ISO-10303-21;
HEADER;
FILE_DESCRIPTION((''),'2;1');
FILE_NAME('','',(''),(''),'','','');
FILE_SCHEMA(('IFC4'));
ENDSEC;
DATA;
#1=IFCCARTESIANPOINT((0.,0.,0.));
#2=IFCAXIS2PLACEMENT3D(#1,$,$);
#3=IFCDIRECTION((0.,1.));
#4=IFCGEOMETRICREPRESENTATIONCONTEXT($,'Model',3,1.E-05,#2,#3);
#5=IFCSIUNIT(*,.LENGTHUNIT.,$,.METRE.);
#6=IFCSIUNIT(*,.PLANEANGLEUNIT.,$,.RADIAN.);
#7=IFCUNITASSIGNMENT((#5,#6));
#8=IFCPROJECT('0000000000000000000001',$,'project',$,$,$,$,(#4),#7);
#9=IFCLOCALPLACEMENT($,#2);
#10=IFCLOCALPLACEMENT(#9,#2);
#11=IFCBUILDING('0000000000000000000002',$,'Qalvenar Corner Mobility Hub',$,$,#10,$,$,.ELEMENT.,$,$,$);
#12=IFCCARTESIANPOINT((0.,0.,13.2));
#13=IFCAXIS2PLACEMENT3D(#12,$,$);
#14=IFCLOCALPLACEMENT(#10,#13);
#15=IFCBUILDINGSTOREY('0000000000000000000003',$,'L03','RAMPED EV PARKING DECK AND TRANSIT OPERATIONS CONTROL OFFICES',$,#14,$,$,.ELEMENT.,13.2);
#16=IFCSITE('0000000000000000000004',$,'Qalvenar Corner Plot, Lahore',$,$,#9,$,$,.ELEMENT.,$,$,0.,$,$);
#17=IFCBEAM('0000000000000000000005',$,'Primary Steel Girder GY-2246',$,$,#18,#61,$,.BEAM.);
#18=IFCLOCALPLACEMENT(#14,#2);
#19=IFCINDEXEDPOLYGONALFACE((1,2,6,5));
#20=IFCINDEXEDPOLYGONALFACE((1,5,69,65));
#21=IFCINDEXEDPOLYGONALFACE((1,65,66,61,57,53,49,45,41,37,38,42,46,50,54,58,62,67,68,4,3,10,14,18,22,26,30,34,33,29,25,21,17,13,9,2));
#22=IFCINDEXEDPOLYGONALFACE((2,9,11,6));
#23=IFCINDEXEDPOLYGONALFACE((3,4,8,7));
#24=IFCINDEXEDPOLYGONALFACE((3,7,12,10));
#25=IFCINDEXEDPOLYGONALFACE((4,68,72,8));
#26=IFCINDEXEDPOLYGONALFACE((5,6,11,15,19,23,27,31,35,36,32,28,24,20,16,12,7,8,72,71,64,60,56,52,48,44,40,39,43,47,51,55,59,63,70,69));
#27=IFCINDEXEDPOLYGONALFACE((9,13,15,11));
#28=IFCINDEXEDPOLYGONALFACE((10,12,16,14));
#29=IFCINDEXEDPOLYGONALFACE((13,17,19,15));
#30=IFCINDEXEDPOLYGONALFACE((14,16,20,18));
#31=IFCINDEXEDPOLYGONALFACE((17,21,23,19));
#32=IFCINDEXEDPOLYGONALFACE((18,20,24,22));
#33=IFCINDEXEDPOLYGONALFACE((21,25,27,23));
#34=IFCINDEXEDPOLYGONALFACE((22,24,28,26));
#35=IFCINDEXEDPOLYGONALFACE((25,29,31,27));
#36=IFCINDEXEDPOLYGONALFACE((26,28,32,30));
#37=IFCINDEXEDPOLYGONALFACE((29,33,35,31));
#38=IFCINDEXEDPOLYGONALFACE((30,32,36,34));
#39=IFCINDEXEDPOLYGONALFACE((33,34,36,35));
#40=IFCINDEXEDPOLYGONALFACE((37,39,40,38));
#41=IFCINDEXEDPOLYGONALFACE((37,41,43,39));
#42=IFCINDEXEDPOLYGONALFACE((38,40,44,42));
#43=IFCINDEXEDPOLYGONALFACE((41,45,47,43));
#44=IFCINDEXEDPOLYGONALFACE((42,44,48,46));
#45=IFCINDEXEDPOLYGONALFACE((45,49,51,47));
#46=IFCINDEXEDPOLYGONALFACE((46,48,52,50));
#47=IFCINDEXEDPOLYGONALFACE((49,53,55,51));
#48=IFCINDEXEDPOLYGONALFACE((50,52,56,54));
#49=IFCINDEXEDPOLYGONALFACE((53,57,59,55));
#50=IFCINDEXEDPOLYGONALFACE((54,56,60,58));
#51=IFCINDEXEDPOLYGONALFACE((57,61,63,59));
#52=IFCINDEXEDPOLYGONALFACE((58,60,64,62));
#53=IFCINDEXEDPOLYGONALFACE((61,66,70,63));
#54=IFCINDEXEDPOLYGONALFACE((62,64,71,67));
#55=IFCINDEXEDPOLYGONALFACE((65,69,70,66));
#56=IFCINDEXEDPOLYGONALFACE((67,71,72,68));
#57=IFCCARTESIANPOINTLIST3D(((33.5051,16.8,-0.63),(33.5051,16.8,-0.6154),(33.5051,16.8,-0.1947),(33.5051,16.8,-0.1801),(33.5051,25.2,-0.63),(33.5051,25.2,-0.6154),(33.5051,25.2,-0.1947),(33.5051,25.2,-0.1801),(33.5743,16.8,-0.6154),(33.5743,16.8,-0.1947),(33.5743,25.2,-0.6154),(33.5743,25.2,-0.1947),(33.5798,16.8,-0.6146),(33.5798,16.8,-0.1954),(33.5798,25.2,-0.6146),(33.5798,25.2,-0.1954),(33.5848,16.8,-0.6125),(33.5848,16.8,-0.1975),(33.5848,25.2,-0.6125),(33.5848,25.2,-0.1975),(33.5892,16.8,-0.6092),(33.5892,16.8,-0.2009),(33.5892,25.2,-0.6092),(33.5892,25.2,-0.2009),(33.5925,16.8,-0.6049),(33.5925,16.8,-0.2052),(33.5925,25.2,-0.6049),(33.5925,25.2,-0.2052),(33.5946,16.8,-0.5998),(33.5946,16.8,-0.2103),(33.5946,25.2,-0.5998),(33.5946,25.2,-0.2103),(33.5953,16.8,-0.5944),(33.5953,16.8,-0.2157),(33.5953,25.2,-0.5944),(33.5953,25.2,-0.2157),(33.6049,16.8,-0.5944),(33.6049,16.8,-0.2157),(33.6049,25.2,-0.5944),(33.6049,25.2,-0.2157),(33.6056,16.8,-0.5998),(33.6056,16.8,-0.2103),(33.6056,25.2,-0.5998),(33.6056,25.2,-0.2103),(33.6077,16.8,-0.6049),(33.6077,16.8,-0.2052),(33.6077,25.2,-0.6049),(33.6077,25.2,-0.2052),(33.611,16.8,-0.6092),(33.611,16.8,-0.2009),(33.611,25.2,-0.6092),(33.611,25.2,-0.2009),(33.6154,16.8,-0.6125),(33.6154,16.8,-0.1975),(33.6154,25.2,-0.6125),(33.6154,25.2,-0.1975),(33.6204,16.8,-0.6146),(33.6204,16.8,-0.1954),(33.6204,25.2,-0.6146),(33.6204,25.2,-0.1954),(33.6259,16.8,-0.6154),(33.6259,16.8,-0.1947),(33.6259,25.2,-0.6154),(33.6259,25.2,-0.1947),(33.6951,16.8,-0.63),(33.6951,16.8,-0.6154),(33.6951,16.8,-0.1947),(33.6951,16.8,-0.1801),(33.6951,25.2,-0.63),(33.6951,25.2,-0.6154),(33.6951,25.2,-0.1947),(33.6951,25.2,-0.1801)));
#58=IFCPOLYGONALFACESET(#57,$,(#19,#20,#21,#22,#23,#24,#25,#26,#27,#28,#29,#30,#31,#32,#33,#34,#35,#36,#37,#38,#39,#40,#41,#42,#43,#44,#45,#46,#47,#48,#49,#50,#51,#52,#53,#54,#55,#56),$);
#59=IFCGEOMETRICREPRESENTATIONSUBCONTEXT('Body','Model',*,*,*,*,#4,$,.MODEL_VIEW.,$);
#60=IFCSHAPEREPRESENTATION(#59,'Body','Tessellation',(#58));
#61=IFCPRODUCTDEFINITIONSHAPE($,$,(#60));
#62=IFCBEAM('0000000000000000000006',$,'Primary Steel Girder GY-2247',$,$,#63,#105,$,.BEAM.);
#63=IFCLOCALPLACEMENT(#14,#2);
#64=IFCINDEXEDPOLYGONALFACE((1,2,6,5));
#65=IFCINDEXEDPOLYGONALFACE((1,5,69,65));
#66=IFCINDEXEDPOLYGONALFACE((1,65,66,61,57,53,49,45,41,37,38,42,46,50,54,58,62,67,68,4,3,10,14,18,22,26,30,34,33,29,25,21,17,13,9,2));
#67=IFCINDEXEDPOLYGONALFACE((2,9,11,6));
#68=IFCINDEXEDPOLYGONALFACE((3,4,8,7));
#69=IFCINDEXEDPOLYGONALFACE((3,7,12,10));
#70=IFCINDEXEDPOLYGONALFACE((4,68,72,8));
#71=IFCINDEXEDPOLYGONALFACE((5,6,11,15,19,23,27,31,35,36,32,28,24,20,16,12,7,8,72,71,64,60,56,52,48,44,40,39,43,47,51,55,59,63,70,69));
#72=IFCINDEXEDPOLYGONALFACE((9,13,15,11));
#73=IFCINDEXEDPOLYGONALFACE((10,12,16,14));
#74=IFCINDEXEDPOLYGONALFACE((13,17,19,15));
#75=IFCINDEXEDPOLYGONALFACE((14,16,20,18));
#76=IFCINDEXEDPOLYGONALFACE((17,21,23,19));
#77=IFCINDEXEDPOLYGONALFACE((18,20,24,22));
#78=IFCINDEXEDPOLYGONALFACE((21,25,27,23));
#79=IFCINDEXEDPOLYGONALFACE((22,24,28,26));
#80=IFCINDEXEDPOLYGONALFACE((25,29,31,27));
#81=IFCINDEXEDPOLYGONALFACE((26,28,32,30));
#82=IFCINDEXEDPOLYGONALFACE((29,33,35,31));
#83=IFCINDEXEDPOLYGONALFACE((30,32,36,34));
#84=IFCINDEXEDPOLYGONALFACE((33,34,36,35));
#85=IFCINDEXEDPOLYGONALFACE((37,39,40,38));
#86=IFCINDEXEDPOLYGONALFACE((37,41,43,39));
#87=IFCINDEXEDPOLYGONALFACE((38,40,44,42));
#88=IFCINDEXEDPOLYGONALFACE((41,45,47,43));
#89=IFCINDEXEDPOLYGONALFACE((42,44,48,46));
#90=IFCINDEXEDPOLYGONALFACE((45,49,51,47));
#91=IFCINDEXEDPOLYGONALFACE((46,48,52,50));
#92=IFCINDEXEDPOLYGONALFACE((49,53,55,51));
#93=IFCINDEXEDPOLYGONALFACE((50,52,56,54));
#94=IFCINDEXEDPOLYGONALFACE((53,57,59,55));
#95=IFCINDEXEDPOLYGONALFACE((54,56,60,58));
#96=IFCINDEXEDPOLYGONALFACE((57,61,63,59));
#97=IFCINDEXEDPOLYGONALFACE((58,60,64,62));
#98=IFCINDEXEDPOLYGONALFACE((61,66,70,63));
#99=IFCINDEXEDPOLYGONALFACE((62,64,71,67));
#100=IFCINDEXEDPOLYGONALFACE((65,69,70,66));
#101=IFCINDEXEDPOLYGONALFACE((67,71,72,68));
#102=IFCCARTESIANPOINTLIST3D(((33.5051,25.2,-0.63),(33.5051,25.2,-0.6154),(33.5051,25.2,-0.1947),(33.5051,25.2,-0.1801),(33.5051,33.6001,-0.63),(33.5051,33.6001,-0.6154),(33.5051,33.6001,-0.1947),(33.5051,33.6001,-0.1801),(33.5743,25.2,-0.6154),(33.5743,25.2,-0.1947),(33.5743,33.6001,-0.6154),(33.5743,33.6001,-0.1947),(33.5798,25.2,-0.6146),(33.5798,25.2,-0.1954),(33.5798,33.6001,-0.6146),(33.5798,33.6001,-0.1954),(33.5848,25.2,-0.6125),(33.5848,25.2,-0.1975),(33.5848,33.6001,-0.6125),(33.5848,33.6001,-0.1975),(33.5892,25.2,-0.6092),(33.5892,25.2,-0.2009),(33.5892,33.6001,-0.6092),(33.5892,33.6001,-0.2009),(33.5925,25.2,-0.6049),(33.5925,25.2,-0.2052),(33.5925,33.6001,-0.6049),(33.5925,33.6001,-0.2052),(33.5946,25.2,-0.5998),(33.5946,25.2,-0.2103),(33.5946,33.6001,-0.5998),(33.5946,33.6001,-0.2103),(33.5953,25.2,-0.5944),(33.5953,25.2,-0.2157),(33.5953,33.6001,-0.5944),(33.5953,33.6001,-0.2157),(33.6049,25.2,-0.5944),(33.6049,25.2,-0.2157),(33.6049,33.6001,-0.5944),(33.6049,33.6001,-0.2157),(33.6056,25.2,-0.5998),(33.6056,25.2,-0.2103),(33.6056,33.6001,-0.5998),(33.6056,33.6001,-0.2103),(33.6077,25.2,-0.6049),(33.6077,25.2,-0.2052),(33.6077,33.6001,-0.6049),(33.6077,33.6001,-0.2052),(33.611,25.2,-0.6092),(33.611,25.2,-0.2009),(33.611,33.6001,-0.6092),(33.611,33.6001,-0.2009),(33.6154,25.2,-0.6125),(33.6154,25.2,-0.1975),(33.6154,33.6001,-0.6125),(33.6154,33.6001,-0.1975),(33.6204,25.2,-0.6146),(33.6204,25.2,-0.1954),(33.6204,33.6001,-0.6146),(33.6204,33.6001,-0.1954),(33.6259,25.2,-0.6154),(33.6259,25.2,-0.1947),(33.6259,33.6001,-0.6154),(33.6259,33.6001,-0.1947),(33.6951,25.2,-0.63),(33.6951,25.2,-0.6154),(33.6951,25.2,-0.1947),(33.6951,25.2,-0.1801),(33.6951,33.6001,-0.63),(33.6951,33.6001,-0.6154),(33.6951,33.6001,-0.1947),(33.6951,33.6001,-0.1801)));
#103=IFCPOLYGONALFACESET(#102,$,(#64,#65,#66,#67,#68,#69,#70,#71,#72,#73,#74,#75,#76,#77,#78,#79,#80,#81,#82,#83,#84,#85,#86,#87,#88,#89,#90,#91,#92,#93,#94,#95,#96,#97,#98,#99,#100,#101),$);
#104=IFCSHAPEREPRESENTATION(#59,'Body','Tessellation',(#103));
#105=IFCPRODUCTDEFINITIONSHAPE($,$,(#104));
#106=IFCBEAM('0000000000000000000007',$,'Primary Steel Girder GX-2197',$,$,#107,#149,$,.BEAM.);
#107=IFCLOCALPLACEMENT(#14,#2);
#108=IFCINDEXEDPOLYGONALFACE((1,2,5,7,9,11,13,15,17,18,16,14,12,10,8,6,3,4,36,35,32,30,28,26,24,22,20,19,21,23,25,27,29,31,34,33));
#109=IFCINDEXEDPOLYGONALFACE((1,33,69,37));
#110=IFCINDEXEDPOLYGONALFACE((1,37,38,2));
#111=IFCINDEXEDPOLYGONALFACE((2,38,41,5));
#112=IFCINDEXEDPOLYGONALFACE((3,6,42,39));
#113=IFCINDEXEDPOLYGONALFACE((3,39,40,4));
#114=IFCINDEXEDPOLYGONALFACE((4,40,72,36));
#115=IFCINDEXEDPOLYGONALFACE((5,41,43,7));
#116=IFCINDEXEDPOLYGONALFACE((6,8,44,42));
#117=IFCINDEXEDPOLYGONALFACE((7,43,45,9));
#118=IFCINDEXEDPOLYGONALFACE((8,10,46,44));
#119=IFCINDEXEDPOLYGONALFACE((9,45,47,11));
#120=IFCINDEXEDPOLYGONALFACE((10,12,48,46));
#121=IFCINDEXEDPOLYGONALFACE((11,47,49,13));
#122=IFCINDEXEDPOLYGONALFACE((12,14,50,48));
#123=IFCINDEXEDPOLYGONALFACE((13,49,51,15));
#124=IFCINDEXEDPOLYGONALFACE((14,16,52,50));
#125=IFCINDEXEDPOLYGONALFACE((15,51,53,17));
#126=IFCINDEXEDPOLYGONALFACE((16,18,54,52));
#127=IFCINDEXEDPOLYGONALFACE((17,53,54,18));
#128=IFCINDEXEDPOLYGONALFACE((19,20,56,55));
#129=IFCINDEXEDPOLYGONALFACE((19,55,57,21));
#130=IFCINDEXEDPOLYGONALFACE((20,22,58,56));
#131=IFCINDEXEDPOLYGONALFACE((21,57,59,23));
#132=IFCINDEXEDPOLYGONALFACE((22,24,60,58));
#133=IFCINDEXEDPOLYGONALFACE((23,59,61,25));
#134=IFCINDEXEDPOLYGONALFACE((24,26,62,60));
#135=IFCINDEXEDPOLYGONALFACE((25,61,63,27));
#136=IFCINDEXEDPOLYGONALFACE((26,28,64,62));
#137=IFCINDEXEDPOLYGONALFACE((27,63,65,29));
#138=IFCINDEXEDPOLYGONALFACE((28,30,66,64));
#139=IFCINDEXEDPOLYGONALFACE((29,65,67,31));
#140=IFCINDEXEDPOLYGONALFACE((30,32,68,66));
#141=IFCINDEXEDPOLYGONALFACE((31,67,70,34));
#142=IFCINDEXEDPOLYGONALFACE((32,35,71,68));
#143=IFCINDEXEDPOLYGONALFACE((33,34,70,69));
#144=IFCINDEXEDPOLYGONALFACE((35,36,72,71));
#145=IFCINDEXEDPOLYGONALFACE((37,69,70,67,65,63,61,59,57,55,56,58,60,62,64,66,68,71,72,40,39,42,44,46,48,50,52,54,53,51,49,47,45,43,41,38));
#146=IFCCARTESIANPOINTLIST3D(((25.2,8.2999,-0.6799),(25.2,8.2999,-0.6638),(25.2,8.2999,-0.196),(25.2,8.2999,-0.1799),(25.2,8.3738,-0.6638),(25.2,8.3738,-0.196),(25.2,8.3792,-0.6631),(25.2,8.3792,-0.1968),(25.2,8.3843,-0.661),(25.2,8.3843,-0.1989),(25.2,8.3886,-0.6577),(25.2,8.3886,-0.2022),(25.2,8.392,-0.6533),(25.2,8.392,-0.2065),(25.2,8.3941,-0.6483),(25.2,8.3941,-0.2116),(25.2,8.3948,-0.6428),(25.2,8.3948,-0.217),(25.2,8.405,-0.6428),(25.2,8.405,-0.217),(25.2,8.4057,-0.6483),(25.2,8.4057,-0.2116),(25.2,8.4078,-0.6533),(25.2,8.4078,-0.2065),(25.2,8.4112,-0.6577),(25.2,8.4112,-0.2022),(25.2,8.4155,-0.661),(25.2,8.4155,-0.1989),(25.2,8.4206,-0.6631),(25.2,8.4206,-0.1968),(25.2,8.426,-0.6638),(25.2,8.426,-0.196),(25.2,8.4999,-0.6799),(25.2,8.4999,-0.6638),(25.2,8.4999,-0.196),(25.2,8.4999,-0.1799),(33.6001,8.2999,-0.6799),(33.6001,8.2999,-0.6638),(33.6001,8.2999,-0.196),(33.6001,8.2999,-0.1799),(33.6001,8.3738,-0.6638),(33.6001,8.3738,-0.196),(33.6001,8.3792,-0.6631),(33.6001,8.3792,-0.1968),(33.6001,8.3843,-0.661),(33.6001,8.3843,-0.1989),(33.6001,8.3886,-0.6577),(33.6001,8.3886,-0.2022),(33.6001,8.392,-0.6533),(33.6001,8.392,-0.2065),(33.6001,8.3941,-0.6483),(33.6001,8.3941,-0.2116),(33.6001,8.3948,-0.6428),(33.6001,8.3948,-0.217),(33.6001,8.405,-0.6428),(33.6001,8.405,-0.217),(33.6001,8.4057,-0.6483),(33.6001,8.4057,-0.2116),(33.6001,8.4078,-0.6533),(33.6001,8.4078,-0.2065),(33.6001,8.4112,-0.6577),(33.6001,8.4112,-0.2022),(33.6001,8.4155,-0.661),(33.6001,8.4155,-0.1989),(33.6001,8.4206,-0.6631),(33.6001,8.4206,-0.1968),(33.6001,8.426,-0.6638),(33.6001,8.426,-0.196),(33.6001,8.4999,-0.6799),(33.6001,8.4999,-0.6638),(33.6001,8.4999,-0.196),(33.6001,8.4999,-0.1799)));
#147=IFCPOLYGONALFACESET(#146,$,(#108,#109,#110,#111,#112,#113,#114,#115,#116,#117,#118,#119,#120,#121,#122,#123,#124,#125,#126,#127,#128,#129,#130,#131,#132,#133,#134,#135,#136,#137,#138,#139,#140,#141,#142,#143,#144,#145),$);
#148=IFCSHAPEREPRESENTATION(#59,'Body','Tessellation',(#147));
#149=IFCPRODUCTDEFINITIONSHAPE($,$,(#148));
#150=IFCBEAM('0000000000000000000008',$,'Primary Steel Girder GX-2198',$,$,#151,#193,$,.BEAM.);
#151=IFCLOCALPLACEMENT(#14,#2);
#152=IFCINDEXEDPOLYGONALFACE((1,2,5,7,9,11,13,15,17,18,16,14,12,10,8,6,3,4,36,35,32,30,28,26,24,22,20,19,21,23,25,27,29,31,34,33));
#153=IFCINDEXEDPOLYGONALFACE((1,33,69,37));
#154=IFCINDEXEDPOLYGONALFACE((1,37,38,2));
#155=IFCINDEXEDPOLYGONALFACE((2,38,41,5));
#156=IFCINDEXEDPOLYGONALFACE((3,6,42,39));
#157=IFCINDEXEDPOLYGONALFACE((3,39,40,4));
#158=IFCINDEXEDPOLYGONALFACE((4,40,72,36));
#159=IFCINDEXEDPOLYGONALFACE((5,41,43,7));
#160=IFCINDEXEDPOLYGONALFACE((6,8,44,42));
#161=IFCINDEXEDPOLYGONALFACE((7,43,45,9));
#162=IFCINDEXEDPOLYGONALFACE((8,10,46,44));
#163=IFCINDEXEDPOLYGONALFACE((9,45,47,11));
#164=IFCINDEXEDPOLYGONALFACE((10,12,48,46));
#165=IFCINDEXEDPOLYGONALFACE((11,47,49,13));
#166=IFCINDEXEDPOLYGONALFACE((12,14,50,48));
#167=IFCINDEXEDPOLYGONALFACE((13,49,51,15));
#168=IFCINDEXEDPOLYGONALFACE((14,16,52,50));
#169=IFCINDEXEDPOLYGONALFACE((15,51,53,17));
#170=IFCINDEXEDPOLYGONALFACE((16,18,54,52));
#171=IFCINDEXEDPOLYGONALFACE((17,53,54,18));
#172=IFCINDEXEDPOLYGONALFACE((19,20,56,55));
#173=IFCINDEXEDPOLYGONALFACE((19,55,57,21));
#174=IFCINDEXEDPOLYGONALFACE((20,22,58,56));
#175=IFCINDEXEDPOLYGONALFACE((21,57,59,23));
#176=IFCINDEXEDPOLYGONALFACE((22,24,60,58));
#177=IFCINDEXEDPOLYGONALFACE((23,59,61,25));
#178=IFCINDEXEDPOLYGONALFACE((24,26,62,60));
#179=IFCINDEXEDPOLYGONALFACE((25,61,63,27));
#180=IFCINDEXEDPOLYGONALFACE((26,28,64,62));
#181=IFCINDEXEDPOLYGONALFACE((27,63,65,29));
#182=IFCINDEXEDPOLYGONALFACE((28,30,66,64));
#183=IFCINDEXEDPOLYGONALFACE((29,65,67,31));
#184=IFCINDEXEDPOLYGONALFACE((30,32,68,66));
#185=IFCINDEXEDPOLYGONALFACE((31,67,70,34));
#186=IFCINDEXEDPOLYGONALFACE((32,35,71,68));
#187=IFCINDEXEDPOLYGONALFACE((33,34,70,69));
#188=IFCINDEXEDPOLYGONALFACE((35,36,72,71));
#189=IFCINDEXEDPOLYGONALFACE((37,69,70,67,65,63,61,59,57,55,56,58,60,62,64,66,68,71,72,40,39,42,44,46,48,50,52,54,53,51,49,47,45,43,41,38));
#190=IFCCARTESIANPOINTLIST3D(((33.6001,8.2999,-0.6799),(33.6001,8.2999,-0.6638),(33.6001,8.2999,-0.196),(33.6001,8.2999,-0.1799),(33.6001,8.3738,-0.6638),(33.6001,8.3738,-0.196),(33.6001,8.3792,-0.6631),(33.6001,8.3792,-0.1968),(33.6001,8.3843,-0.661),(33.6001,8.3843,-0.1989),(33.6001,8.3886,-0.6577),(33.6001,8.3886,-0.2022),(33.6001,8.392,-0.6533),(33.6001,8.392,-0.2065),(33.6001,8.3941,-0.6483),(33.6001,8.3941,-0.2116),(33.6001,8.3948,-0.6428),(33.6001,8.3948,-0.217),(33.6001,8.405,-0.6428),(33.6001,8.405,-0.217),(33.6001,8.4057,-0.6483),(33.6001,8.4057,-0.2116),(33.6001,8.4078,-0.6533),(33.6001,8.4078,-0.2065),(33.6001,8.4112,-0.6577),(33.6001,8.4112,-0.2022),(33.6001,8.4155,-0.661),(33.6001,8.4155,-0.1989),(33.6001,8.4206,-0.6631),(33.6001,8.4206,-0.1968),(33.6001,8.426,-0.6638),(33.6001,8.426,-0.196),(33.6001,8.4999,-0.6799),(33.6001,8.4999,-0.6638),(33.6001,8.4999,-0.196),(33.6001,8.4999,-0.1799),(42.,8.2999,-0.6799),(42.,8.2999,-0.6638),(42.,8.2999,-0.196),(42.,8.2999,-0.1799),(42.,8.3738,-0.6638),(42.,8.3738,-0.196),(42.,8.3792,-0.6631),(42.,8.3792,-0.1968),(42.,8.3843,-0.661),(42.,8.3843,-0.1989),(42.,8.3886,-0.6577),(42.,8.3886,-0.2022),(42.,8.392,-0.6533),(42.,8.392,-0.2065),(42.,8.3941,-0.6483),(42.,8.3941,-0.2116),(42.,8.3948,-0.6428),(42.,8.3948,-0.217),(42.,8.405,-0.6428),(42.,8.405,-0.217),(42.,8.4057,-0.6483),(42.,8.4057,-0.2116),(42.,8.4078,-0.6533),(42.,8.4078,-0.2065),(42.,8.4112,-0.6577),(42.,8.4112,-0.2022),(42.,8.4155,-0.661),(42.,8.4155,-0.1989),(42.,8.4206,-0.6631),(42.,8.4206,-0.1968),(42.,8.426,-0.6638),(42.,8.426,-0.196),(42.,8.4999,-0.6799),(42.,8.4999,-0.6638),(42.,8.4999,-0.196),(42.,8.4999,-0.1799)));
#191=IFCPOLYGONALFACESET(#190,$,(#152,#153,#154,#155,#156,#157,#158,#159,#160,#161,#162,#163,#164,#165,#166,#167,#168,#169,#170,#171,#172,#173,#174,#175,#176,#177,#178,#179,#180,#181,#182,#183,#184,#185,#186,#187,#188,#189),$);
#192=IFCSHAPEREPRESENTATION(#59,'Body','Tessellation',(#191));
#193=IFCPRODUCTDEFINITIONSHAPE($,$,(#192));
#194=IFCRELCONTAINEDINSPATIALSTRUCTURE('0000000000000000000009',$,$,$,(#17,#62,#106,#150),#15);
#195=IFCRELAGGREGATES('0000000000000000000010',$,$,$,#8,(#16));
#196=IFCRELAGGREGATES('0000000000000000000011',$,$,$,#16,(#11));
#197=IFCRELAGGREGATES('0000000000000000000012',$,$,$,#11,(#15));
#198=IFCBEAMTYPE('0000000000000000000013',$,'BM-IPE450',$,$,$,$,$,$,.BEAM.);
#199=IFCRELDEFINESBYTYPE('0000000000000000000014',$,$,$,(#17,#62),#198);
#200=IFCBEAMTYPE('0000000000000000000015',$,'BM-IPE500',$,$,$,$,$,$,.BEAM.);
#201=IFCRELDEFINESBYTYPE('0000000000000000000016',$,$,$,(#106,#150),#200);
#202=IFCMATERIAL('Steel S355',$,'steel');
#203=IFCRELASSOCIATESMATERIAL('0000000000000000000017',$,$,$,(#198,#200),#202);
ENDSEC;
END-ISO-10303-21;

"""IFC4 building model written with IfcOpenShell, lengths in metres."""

from ifc_helpers import new_model, si_unit, direction, frame, origin, origin_2d, place, context, subcontext, project, spatial, i_section, extrude, material, material_profile, profile_set, type_object, element, save


model = new_model("IFC4")

# Units and contexts
model_context = context("Model", 3, precision=1e-05, world=origin(), true_north=direction((0.0, 1.0)))
body_context = subcontext(model_context, "Body", "Model", "MODEL_VIEW")
ifc_project = project(units=[si_unit("LENGTHUNIT", "METRE"), si_unit("PLANEANGLEUNIT", "RADIAN")], contexts=[model_context])

# Site, building, storey
site_placement = place(None, origin())
site = spatial("IfcSite", under=ifc_project, at=site_placement, Name="Qalvenar Corner Plot, Lahore", CompositionType="ELEMENT", RefElevation=0.0)
building_placement = place(site_placement, origin())
building = spatial("IfcBuilding", under=site, at=building_placement, Name="Qalvenar Corner Mobility Hub", CompositionType="ELEMENT")
storey_placement = place(building_placement, frame((0.0, 0.0, 13.2)))
storey = spatial("IfcBuildingStorey", under=building, at=storey_placement, Name="L03", Description="RAMPED EV PARKING DECK AND TRANSIT OPERATIONS CONTROL OFFICES", CompositionType="ELEMENT", Elevation=13.2)

# Shared definitions
ifc_material_1 = material(Name="Steel S355", Category="steel")

# Beams
ifc_material_profile_1 = material_profile(ifc_material_1, i_section(OverallWidth=0.1899, OverallDepth=0.45, WebThickness=0.0095, FlangeThickness=0.0146, FilletRadius=0.021, at=origin_2d()), Name="IPE450")
ifc_profile_set_1 = profile_set([ifc_material_profile_1], Name="Steel S355")
beam_type_1 = type_object("IfcBeamType", Name="BM-IPE450", PredefinedType="BEAM", material=ifc_profile_set_1)
beam_1_placement = place(storey_placement, frame((33.6001, 16.8, -0.405), z_axis=(0.0, 1.0, 0.0), x_axis=(-1.0, 0.0, 0.0)))
element("IfcBeam", 1, at=beam_1_placement, inside=storey, type_object=beam_type_1, Name="Primary Steel Girder GY-2246", PredefinedType="BEAM", context=body_context, shape_type="SweptSolid", body=[
    extrude(i_section(OverallWidth=0.1899, OverallDepth=0.45, WebThickness=0.0095, FlangeThickness=0.0146, FilletRadius=0.021, at=origin_2d()), origin(), (0.0, 0.0, 1.0), 8.3999),
])
beam_2_placement = place(storey_placement, frame((33.6001, 25.2, -0.405), z_axis=(0.0, 1.0, 0.0), x_axis=(-1.0, 0.0, 0.0)))
element("IfcBeam", 2, at=beam_2_placement, inside=storey, type_object=beam_type_1, Name="Primary Steel Girder GY-2247", PredefinedType="BEAM", context=body_context, shape_type="SweptSolid", body=[
    extrude(i_section(OverallWidth=0.1899, OverallDepth=0.45, WebThickness=0.0095, FlangeThickness=0.0146, FilletRadius=0.021, at=origin_2d()), origin(), (0.0, 0.0, 1.0), 8.4001),
])
ifc_material_profile_2 = material_profile(ifc_material_1, i_section(OverallWidth=0.2, OverallDepth=0.5, WebThickness=0.0103, FlangeThickness=0.0161, FilletRadius=0.021, at=origin_2d()), Name="IPE500")
ifc_profile_set_2 = profile_set([ifc_material_profile_2], Name="Steel S355")
beam_type_2 = type_object("IfcBeamType", Name="BM-IPE500", PredefinedType="BEAM", material=ifc_profile_set_2)
beam_3_placement = place(storey_placement, frame((25.2, 8.3999, -0.4299), z_axis=(1.0, 0.0, 0.0), x_axis=(0.0, 1.0, 0.0)))
element("IfcBeam", 3, at=beam_3_placement, inside=storey, type_object=beam_type_2, Name="Primary Steel Girder GX-2197", PredefinedType="BEAM", context=body_context, shape_type="SweptSolid", body=[
    extrude(i_section(OverallWidth=0.2, OverallDepth=0.5, WebThickness=0.0103, FlangeThickness=0.0161, FilletRadius=0.021, at=origin_2d()), origin(), (0.0, 0.0, 1.0), 8.4001),
])
beam_4_placement = place(storey_placement, frame((33.6001, 8.3999, -0.4299), z_axis=(1.0, 0.0, 0.0), x_axis=(0.0, 1.0, 0.0)))
element("IfcBeam", 4, at=beam_4_placement, inside=storey, type_object=beam_type_2, Name="Primary Steel Girder GX-2198", PredefinedType="BEAM", context=body_context, shape_type="SweptSolid", body=[
    extrude(i_section(OverallWidth=0.2, OverallDepth=0.5, WebThickness=0.0103, FlangeThickness=0.0161, FilletRadius=0.021, at=origin_2d()), origin(), (0.0, 0.0, 1.0), 8.3999),
])

save(model, "model.ifc")
